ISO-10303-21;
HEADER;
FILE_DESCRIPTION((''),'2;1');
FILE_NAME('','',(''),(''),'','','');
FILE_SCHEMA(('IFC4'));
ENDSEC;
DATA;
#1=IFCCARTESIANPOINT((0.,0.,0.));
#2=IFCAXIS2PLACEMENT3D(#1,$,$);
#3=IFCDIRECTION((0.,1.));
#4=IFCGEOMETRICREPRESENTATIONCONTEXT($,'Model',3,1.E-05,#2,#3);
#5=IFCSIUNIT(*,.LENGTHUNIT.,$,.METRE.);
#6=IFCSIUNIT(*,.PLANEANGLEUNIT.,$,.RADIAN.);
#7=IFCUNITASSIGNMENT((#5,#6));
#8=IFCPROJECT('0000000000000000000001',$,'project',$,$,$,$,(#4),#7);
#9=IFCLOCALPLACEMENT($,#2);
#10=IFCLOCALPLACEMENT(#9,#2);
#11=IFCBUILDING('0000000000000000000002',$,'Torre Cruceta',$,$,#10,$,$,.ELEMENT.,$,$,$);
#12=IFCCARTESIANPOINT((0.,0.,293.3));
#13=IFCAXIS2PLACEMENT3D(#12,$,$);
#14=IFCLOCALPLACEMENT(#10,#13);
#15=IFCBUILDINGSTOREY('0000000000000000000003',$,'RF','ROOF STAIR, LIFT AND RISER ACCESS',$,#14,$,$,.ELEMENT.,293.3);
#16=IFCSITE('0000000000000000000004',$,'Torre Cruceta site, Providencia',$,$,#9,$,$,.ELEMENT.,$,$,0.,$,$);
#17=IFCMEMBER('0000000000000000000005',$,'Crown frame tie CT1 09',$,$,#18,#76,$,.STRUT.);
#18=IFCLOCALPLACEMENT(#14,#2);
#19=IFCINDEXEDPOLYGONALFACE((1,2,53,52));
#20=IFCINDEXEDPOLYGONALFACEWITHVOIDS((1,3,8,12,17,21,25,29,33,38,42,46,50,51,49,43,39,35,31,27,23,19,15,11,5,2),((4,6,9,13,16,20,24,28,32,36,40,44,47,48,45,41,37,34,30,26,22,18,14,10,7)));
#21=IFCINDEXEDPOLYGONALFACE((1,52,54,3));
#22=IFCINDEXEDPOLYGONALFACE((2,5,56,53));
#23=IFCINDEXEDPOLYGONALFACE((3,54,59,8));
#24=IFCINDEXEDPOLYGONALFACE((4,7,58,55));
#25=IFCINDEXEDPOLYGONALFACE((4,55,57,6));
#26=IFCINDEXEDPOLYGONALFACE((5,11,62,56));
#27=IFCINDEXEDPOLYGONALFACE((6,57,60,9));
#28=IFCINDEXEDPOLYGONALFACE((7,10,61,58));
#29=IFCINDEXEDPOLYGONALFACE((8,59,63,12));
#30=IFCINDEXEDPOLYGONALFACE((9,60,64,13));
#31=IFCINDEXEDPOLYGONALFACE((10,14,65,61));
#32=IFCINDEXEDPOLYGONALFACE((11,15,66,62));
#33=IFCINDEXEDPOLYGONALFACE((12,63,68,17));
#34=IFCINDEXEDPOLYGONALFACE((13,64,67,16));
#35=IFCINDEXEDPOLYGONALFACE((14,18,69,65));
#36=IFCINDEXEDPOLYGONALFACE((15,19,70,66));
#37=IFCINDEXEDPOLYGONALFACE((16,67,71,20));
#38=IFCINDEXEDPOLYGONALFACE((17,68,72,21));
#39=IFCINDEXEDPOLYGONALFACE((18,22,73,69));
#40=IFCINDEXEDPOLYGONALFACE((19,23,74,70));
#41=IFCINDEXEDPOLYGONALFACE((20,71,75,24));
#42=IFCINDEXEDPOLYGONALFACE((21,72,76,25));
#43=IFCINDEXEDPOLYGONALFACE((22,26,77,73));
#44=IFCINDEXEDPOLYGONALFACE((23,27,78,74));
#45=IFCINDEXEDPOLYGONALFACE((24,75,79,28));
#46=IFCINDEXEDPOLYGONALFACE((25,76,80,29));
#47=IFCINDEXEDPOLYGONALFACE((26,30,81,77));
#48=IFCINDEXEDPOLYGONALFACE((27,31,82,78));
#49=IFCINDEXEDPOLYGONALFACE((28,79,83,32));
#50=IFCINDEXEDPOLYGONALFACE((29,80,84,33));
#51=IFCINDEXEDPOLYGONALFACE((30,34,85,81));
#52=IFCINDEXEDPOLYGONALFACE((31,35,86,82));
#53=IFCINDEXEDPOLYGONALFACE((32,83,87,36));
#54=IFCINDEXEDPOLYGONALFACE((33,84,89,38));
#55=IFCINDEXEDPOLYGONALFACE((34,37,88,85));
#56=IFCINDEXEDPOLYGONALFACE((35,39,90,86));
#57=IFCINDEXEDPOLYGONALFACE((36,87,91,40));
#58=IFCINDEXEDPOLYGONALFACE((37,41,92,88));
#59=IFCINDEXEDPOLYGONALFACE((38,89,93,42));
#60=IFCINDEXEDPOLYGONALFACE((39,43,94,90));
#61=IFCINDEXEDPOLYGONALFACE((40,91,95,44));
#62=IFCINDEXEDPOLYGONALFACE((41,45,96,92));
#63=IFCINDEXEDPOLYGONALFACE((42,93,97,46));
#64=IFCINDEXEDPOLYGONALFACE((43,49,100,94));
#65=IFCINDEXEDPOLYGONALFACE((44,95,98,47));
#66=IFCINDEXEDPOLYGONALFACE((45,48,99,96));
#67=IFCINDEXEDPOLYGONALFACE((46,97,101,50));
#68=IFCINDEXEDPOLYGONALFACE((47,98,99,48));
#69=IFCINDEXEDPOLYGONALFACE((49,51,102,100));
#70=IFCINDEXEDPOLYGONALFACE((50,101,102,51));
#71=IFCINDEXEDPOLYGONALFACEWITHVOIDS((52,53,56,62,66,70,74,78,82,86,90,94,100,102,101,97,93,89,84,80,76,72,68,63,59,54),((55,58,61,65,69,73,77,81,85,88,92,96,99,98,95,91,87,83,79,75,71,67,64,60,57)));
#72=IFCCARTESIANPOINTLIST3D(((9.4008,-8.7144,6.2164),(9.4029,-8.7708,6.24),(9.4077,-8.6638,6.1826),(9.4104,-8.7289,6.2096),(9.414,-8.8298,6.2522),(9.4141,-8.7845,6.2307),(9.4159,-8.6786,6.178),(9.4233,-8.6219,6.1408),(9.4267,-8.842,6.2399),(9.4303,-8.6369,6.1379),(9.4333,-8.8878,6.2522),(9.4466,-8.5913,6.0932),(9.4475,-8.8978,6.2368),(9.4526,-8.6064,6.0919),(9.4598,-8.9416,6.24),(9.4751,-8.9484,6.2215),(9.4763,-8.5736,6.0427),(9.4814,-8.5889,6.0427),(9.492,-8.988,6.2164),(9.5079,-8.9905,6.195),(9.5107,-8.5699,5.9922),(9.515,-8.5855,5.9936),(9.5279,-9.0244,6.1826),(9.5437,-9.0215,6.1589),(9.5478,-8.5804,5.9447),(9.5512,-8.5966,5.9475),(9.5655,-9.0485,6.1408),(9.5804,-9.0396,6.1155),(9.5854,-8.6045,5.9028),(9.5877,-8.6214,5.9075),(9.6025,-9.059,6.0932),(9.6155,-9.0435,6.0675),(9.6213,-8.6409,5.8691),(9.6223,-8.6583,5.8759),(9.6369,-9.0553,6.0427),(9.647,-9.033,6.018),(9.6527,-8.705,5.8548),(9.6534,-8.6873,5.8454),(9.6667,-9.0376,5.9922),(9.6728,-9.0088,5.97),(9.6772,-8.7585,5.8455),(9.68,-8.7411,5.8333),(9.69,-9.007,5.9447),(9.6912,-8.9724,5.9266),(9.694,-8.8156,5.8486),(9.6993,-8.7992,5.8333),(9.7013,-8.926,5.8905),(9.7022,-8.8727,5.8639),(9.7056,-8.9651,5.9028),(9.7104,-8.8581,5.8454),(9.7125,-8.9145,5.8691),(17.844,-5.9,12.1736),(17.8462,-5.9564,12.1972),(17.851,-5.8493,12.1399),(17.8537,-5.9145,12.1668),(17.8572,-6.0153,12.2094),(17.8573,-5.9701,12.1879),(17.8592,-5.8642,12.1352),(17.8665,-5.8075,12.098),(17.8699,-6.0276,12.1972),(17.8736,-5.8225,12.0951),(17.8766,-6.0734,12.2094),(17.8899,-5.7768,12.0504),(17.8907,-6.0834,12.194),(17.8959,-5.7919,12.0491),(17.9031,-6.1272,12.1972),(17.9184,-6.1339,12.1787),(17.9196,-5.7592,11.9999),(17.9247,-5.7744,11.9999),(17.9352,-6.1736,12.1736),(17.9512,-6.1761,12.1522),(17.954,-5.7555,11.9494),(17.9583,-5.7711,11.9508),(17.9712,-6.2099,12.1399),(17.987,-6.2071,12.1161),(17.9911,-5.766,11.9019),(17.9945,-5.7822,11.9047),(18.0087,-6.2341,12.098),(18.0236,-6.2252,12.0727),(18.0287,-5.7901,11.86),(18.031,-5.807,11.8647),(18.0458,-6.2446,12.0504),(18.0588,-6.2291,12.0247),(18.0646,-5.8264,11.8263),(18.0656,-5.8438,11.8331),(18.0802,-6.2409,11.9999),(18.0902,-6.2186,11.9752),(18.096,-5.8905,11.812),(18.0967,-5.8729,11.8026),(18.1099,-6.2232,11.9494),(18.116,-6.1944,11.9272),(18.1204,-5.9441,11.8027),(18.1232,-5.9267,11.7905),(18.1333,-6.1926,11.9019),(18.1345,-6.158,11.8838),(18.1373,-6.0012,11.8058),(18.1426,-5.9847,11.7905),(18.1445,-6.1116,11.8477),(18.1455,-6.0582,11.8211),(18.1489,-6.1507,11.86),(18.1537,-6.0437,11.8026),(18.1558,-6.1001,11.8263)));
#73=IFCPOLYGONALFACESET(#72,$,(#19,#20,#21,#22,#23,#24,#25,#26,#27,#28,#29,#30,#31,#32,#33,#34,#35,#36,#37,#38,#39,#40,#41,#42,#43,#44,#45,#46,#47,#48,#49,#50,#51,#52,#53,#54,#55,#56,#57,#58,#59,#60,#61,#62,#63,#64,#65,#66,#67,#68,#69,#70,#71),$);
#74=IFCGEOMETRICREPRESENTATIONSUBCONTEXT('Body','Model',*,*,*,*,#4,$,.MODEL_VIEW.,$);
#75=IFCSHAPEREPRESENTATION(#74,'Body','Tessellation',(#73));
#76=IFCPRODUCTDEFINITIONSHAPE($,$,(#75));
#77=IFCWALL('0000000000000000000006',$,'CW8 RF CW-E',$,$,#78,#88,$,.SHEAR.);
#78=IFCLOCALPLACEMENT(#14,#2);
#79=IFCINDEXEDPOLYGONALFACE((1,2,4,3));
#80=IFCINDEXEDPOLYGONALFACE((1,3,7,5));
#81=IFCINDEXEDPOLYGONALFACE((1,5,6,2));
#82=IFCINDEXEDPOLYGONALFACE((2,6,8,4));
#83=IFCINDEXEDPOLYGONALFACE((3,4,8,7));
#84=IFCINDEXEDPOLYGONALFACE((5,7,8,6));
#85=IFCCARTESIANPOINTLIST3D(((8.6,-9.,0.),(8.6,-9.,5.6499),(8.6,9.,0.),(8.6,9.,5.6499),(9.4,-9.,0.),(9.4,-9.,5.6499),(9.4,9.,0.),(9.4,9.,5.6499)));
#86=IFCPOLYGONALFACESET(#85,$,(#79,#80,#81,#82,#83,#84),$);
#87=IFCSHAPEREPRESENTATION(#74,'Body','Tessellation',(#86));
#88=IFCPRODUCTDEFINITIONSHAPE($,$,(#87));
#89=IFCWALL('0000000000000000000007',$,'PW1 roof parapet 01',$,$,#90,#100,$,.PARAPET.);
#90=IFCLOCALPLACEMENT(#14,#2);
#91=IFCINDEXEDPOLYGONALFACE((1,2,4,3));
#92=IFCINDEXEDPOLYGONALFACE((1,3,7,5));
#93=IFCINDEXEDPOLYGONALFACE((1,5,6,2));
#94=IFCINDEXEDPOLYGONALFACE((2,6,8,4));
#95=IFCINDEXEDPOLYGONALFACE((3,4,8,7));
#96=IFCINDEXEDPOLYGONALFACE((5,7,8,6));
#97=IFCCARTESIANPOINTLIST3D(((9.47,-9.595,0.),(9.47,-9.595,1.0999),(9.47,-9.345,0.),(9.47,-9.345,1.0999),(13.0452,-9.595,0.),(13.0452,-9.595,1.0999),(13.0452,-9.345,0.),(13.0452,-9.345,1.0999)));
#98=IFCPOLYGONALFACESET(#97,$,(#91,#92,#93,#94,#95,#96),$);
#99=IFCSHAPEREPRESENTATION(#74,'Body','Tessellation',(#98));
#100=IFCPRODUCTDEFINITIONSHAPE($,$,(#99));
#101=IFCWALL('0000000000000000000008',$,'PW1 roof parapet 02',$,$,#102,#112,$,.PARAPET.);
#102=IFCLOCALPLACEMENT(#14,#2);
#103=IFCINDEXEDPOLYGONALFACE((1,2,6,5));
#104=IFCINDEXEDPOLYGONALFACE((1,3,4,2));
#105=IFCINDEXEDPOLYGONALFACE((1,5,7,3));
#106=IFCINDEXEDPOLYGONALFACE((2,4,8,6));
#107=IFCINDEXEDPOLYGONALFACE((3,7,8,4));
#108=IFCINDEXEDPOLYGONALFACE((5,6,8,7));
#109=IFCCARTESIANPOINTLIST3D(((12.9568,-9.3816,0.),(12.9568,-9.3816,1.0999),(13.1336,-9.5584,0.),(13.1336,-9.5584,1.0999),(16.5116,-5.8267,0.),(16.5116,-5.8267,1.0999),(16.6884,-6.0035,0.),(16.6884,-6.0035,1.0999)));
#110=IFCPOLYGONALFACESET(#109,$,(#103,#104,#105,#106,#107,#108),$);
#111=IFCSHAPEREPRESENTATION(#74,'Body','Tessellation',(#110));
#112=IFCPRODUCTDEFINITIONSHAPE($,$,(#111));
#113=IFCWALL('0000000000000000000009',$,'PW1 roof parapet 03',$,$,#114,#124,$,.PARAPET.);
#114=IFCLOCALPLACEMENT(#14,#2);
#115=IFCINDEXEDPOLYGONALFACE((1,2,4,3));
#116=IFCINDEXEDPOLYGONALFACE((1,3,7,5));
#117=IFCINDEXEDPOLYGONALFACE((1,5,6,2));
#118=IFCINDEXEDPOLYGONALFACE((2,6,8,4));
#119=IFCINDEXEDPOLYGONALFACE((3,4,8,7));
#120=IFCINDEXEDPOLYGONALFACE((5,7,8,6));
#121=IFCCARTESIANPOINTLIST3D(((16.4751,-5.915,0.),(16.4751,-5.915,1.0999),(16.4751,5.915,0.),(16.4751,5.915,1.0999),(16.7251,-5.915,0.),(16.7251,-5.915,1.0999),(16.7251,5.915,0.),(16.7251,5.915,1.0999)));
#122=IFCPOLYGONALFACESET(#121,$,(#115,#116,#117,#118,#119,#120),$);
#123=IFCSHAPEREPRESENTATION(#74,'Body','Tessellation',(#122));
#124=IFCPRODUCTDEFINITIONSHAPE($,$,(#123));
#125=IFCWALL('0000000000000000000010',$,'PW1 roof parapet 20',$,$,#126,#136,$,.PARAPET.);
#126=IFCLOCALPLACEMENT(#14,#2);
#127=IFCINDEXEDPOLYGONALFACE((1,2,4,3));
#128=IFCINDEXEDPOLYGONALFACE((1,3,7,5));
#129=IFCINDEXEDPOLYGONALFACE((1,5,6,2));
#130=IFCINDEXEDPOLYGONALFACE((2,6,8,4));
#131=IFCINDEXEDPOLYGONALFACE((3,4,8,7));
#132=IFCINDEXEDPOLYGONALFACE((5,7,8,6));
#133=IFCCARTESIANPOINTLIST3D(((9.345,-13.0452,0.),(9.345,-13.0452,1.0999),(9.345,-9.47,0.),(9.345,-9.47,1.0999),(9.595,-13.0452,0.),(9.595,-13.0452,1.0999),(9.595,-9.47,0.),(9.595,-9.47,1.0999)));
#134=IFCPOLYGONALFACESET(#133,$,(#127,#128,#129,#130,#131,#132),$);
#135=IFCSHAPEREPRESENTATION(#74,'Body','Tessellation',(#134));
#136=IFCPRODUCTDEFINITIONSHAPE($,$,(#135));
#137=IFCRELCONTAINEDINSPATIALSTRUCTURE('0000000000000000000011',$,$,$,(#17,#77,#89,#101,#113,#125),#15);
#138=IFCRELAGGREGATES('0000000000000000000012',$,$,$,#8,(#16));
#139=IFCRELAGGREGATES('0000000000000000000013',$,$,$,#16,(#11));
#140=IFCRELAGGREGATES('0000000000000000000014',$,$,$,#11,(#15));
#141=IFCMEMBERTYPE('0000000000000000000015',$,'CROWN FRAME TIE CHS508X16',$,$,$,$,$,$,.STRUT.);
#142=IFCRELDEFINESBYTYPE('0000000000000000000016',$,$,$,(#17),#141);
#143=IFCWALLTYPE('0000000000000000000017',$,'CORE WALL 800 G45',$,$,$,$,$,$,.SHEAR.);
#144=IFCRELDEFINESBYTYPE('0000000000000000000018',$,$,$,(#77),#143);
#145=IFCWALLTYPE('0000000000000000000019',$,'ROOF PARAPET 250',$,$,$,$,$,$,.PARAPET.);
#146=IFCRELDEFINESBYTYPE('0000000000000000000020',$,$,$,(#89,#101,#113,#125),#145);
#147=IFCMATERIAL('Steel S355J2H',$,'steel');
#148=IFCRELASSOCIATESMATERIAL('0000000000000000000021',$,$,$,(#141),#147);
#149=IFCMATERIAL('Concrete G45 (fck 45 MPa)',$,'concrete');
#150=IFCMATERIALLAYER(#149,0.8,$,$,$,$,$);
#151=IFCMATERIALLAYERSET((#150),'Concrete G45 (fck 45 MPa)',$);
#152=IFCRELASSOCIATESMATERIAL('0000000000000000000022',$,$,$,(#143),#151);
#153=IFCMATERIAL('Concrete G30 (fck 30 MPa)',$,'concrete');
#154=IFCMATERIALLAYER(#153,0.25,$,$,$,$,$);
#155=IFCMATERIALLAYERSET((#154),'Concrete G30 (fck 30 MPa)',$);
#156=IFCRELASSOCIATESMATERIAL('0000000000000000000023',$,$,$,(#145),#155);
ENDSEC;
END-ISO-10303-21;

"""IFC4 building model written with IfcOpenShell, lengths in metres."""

from ifc_helpers import new_model, si_unit, direction, frame, frame_2d, origin, origin_2d, place, context, subcontext, project, spatial, rectangle, hollow_circle, extrude, material, layer, layer_set, material_profile, profile_set, type_object, element, save


model = new_model("IFC4")

# Units and contexts
model_context = context("Model", 3, precision=1e-05, world=origin(), true_north=direction((0.0, 1.0)))
body_context = subcontext(model_context, "Body", "Model", "MODEL_VIEW")
ifc_project = project(units=[si_unit("LENGTHUNIT", "METRE"), si_unit("PLANEANGLEUNIT", "RADIAN")], contexts=[model_context])

# Site, building, storey
site_placement = place(None, origin())
site = spatial("IfcSite", under=ifc_project, at=site_placement, Name="Torre Cruceta site, Providencia", CompositionType="ELEMENT", RefElevation=0.0)
building_placement = place(site_placement, origin())
building = spatial("IfcBuilding", under=site, at=building_placement, Name="Torre Cruceta", CompositionType="ELEMENT")
storey_placement = place(building_placement, frame((0.0, 0.0, 293.3)))
storey = spatial("IfcBuildingStorey", under=building, at=storey_placement, Name="RF", Description="ROOF STAIR, LIFT AND RISER ACCESS", CompositionType="ELEMENT", Elevation=293.3)

# Member
ifc_material_1 = material(Name="Steel S355J2H", Category="steel")
ifc_material_profile_1 = material_profile(ifc_material_1, hollow_circle(Radius=0.2539, WallThickness=0.0161, at=origin_2d()), Name="CHS508X16")
ifc_profile_set_1 = profile_set([ifc_material_profile_1], Name="Steel S355J2H")
member_type_1 = type_object("IfcMemberType", Name="CROWN FRAME TIE CHS508X16", PredefinedType="STRUT", material=ifc_profile_set_1)
member_1_placement = place(storey_placement, frame((9.5566, -8.8145, 6.0427), z_axis=(0.788374, 0.262791, 0.556243), x_axis=(-0.316228, 0.948683, 0.0)))
element("IfcMember", 1, at=member_1_placement, inside=storey, type_object=member_type_1, Name="Crown frame tie CT1 09", PredefinedType="STRUT", context=body_context, shape_type="SweptSolid", body=[
    extrude(hollow_circle(Radius=0.2539, WallThickness=0.0161, at=origin_2d()), origin(), (0.0, 0.0, 1.0), 10.7097),
])

# Walls
ifc_material_2 = material(Name="Concrete G45 (fck 45 MPa)", Category="concrete")
ifc_layer_1 = layer(ifc_material_2, 0.8)
ifc_layer_set_1 = layer_set([ifc_layer_1], Name="Concrete G45 (fck 45 MPa)")
wall_type_1 = type_object("IfcWallType", Name="CORE WALL 800 G45", PredefinedType="SHEAR", material=ifc_layer_set_1)
wall_1_placement = place(storey_placement, frame((9.0, -9.0, 0.0), z_axis=(0.0, 0.0, 1.0), x_axis=(0.0, 1.0, 0.0)))
element("IfcWall", 2, at=wall_1_placement, inside=storey, type_object=wall_type_1, Name="CW8 RF CW-E", PredefinedType="SHEAR", context=body_context, shape_type="SweptSolid", body=[
    extrude(rectangle(XDim=18.0, YDim=0.8, at=frame_2d((9.0, 0.0))), origin(), (0.0, 0.0, 1.0), 5.6499),
])
ifc_material_3 = material(Name="Concrete G30 (fck 30 MPa)", Category="concrete")
ifc_layer_2 = layer(ifc_material_3, 0.25)
ifc_layer_set_2 = layer_set([ifc_layer_2], Name="Concrete G30 (fck 30 MPa)")
wall_type_2 = type_object("IfcWallType", Name="ROOF PARAPET 250", PredefinedType="PARAPET", material=ifc_layer_set_2)
wall_2_placement = place(storey_placement, frame((9.47, -9.47, 0.0), z_axis=(0.0, 0.0, 1.0), x_axis=(1.0, 0.0, 0.0)))
element("IfcWall", 3, at=wall_2_placement, inside=storey, type_object=wall_type_2, Name="PW1 roof parapet 01", PredefinedType="PARAPET", context=body_context, shape_type="SweptSolid", body=[
    extrude(rectangle(XDim=3.5752, YDim=0.25, at=frame_2d((1.7876, 0.0))), origin(), (0.0, 0.0, 1.0), 1.0999),
])
wall_3_placement = place(storey_placement, frame((13.0452, -9.47, 0.0), z_axis=(0.0, 0.0, 1.0), x_axis=(0.707107, 0.707107, 0.0)))
element("IfcWall", 4, at=wall_3_placement, inside=storey, type_object=wall_type_2, Name="PW1 roof parapet 02", PredefinedType="PARAPET", context=body_context, shape_type="SweptSolid", body=[
    extrude(rectangle(XDim=5.0273, YDim=0.25, at=frame_2d((2.5137, 0.0))), origin(), (0.0, 0.0, 1.0), 1.0999),
])
wall_4_placement = place(storey_placement, frame((16.6001, -5.915, 0.0), z_axis=(0.0, 0.0, 1.0), x_axis=(0.0, 1.0, 0.0)))
element("IfcWall", 5, at=wall_4_placement, inside=storey, type_object=wall_type_2, Name="PW1 roof parapet 03", PredefinedType="PARAPET", context=body_context, shape_type="SweptSolid", body=[
    extrude(rectangle(XDim=11.8301, YDim=0.25, at=frame_2d((5.915, 0.0))), origin(), (0.0, 0.0, 1.0), 1.0999),
])
wall_5_placement = place(storey_placement, frame((9.47, -13.0452, 0.0), z_axis=(0.0, 0.0, 1.0), x_axis=(0.0, 1.0, 0.0)))
element("IfcWall", 6, at=wall_5_placement, inside=storey, type_object=wall_type_2, Name="PW1 roof parapet 20", PredefinedType="PARAPET", context=body_context, shape_type="SweptSolid", body=[
    extrude(rectangle(XDim=3.5752, YDim=0.25, at=frame_2d((1.7876, 0.0))), origin(), (0.0, 0.0, 1.0), 1.0999),
])

save(model, "model.ifc")
